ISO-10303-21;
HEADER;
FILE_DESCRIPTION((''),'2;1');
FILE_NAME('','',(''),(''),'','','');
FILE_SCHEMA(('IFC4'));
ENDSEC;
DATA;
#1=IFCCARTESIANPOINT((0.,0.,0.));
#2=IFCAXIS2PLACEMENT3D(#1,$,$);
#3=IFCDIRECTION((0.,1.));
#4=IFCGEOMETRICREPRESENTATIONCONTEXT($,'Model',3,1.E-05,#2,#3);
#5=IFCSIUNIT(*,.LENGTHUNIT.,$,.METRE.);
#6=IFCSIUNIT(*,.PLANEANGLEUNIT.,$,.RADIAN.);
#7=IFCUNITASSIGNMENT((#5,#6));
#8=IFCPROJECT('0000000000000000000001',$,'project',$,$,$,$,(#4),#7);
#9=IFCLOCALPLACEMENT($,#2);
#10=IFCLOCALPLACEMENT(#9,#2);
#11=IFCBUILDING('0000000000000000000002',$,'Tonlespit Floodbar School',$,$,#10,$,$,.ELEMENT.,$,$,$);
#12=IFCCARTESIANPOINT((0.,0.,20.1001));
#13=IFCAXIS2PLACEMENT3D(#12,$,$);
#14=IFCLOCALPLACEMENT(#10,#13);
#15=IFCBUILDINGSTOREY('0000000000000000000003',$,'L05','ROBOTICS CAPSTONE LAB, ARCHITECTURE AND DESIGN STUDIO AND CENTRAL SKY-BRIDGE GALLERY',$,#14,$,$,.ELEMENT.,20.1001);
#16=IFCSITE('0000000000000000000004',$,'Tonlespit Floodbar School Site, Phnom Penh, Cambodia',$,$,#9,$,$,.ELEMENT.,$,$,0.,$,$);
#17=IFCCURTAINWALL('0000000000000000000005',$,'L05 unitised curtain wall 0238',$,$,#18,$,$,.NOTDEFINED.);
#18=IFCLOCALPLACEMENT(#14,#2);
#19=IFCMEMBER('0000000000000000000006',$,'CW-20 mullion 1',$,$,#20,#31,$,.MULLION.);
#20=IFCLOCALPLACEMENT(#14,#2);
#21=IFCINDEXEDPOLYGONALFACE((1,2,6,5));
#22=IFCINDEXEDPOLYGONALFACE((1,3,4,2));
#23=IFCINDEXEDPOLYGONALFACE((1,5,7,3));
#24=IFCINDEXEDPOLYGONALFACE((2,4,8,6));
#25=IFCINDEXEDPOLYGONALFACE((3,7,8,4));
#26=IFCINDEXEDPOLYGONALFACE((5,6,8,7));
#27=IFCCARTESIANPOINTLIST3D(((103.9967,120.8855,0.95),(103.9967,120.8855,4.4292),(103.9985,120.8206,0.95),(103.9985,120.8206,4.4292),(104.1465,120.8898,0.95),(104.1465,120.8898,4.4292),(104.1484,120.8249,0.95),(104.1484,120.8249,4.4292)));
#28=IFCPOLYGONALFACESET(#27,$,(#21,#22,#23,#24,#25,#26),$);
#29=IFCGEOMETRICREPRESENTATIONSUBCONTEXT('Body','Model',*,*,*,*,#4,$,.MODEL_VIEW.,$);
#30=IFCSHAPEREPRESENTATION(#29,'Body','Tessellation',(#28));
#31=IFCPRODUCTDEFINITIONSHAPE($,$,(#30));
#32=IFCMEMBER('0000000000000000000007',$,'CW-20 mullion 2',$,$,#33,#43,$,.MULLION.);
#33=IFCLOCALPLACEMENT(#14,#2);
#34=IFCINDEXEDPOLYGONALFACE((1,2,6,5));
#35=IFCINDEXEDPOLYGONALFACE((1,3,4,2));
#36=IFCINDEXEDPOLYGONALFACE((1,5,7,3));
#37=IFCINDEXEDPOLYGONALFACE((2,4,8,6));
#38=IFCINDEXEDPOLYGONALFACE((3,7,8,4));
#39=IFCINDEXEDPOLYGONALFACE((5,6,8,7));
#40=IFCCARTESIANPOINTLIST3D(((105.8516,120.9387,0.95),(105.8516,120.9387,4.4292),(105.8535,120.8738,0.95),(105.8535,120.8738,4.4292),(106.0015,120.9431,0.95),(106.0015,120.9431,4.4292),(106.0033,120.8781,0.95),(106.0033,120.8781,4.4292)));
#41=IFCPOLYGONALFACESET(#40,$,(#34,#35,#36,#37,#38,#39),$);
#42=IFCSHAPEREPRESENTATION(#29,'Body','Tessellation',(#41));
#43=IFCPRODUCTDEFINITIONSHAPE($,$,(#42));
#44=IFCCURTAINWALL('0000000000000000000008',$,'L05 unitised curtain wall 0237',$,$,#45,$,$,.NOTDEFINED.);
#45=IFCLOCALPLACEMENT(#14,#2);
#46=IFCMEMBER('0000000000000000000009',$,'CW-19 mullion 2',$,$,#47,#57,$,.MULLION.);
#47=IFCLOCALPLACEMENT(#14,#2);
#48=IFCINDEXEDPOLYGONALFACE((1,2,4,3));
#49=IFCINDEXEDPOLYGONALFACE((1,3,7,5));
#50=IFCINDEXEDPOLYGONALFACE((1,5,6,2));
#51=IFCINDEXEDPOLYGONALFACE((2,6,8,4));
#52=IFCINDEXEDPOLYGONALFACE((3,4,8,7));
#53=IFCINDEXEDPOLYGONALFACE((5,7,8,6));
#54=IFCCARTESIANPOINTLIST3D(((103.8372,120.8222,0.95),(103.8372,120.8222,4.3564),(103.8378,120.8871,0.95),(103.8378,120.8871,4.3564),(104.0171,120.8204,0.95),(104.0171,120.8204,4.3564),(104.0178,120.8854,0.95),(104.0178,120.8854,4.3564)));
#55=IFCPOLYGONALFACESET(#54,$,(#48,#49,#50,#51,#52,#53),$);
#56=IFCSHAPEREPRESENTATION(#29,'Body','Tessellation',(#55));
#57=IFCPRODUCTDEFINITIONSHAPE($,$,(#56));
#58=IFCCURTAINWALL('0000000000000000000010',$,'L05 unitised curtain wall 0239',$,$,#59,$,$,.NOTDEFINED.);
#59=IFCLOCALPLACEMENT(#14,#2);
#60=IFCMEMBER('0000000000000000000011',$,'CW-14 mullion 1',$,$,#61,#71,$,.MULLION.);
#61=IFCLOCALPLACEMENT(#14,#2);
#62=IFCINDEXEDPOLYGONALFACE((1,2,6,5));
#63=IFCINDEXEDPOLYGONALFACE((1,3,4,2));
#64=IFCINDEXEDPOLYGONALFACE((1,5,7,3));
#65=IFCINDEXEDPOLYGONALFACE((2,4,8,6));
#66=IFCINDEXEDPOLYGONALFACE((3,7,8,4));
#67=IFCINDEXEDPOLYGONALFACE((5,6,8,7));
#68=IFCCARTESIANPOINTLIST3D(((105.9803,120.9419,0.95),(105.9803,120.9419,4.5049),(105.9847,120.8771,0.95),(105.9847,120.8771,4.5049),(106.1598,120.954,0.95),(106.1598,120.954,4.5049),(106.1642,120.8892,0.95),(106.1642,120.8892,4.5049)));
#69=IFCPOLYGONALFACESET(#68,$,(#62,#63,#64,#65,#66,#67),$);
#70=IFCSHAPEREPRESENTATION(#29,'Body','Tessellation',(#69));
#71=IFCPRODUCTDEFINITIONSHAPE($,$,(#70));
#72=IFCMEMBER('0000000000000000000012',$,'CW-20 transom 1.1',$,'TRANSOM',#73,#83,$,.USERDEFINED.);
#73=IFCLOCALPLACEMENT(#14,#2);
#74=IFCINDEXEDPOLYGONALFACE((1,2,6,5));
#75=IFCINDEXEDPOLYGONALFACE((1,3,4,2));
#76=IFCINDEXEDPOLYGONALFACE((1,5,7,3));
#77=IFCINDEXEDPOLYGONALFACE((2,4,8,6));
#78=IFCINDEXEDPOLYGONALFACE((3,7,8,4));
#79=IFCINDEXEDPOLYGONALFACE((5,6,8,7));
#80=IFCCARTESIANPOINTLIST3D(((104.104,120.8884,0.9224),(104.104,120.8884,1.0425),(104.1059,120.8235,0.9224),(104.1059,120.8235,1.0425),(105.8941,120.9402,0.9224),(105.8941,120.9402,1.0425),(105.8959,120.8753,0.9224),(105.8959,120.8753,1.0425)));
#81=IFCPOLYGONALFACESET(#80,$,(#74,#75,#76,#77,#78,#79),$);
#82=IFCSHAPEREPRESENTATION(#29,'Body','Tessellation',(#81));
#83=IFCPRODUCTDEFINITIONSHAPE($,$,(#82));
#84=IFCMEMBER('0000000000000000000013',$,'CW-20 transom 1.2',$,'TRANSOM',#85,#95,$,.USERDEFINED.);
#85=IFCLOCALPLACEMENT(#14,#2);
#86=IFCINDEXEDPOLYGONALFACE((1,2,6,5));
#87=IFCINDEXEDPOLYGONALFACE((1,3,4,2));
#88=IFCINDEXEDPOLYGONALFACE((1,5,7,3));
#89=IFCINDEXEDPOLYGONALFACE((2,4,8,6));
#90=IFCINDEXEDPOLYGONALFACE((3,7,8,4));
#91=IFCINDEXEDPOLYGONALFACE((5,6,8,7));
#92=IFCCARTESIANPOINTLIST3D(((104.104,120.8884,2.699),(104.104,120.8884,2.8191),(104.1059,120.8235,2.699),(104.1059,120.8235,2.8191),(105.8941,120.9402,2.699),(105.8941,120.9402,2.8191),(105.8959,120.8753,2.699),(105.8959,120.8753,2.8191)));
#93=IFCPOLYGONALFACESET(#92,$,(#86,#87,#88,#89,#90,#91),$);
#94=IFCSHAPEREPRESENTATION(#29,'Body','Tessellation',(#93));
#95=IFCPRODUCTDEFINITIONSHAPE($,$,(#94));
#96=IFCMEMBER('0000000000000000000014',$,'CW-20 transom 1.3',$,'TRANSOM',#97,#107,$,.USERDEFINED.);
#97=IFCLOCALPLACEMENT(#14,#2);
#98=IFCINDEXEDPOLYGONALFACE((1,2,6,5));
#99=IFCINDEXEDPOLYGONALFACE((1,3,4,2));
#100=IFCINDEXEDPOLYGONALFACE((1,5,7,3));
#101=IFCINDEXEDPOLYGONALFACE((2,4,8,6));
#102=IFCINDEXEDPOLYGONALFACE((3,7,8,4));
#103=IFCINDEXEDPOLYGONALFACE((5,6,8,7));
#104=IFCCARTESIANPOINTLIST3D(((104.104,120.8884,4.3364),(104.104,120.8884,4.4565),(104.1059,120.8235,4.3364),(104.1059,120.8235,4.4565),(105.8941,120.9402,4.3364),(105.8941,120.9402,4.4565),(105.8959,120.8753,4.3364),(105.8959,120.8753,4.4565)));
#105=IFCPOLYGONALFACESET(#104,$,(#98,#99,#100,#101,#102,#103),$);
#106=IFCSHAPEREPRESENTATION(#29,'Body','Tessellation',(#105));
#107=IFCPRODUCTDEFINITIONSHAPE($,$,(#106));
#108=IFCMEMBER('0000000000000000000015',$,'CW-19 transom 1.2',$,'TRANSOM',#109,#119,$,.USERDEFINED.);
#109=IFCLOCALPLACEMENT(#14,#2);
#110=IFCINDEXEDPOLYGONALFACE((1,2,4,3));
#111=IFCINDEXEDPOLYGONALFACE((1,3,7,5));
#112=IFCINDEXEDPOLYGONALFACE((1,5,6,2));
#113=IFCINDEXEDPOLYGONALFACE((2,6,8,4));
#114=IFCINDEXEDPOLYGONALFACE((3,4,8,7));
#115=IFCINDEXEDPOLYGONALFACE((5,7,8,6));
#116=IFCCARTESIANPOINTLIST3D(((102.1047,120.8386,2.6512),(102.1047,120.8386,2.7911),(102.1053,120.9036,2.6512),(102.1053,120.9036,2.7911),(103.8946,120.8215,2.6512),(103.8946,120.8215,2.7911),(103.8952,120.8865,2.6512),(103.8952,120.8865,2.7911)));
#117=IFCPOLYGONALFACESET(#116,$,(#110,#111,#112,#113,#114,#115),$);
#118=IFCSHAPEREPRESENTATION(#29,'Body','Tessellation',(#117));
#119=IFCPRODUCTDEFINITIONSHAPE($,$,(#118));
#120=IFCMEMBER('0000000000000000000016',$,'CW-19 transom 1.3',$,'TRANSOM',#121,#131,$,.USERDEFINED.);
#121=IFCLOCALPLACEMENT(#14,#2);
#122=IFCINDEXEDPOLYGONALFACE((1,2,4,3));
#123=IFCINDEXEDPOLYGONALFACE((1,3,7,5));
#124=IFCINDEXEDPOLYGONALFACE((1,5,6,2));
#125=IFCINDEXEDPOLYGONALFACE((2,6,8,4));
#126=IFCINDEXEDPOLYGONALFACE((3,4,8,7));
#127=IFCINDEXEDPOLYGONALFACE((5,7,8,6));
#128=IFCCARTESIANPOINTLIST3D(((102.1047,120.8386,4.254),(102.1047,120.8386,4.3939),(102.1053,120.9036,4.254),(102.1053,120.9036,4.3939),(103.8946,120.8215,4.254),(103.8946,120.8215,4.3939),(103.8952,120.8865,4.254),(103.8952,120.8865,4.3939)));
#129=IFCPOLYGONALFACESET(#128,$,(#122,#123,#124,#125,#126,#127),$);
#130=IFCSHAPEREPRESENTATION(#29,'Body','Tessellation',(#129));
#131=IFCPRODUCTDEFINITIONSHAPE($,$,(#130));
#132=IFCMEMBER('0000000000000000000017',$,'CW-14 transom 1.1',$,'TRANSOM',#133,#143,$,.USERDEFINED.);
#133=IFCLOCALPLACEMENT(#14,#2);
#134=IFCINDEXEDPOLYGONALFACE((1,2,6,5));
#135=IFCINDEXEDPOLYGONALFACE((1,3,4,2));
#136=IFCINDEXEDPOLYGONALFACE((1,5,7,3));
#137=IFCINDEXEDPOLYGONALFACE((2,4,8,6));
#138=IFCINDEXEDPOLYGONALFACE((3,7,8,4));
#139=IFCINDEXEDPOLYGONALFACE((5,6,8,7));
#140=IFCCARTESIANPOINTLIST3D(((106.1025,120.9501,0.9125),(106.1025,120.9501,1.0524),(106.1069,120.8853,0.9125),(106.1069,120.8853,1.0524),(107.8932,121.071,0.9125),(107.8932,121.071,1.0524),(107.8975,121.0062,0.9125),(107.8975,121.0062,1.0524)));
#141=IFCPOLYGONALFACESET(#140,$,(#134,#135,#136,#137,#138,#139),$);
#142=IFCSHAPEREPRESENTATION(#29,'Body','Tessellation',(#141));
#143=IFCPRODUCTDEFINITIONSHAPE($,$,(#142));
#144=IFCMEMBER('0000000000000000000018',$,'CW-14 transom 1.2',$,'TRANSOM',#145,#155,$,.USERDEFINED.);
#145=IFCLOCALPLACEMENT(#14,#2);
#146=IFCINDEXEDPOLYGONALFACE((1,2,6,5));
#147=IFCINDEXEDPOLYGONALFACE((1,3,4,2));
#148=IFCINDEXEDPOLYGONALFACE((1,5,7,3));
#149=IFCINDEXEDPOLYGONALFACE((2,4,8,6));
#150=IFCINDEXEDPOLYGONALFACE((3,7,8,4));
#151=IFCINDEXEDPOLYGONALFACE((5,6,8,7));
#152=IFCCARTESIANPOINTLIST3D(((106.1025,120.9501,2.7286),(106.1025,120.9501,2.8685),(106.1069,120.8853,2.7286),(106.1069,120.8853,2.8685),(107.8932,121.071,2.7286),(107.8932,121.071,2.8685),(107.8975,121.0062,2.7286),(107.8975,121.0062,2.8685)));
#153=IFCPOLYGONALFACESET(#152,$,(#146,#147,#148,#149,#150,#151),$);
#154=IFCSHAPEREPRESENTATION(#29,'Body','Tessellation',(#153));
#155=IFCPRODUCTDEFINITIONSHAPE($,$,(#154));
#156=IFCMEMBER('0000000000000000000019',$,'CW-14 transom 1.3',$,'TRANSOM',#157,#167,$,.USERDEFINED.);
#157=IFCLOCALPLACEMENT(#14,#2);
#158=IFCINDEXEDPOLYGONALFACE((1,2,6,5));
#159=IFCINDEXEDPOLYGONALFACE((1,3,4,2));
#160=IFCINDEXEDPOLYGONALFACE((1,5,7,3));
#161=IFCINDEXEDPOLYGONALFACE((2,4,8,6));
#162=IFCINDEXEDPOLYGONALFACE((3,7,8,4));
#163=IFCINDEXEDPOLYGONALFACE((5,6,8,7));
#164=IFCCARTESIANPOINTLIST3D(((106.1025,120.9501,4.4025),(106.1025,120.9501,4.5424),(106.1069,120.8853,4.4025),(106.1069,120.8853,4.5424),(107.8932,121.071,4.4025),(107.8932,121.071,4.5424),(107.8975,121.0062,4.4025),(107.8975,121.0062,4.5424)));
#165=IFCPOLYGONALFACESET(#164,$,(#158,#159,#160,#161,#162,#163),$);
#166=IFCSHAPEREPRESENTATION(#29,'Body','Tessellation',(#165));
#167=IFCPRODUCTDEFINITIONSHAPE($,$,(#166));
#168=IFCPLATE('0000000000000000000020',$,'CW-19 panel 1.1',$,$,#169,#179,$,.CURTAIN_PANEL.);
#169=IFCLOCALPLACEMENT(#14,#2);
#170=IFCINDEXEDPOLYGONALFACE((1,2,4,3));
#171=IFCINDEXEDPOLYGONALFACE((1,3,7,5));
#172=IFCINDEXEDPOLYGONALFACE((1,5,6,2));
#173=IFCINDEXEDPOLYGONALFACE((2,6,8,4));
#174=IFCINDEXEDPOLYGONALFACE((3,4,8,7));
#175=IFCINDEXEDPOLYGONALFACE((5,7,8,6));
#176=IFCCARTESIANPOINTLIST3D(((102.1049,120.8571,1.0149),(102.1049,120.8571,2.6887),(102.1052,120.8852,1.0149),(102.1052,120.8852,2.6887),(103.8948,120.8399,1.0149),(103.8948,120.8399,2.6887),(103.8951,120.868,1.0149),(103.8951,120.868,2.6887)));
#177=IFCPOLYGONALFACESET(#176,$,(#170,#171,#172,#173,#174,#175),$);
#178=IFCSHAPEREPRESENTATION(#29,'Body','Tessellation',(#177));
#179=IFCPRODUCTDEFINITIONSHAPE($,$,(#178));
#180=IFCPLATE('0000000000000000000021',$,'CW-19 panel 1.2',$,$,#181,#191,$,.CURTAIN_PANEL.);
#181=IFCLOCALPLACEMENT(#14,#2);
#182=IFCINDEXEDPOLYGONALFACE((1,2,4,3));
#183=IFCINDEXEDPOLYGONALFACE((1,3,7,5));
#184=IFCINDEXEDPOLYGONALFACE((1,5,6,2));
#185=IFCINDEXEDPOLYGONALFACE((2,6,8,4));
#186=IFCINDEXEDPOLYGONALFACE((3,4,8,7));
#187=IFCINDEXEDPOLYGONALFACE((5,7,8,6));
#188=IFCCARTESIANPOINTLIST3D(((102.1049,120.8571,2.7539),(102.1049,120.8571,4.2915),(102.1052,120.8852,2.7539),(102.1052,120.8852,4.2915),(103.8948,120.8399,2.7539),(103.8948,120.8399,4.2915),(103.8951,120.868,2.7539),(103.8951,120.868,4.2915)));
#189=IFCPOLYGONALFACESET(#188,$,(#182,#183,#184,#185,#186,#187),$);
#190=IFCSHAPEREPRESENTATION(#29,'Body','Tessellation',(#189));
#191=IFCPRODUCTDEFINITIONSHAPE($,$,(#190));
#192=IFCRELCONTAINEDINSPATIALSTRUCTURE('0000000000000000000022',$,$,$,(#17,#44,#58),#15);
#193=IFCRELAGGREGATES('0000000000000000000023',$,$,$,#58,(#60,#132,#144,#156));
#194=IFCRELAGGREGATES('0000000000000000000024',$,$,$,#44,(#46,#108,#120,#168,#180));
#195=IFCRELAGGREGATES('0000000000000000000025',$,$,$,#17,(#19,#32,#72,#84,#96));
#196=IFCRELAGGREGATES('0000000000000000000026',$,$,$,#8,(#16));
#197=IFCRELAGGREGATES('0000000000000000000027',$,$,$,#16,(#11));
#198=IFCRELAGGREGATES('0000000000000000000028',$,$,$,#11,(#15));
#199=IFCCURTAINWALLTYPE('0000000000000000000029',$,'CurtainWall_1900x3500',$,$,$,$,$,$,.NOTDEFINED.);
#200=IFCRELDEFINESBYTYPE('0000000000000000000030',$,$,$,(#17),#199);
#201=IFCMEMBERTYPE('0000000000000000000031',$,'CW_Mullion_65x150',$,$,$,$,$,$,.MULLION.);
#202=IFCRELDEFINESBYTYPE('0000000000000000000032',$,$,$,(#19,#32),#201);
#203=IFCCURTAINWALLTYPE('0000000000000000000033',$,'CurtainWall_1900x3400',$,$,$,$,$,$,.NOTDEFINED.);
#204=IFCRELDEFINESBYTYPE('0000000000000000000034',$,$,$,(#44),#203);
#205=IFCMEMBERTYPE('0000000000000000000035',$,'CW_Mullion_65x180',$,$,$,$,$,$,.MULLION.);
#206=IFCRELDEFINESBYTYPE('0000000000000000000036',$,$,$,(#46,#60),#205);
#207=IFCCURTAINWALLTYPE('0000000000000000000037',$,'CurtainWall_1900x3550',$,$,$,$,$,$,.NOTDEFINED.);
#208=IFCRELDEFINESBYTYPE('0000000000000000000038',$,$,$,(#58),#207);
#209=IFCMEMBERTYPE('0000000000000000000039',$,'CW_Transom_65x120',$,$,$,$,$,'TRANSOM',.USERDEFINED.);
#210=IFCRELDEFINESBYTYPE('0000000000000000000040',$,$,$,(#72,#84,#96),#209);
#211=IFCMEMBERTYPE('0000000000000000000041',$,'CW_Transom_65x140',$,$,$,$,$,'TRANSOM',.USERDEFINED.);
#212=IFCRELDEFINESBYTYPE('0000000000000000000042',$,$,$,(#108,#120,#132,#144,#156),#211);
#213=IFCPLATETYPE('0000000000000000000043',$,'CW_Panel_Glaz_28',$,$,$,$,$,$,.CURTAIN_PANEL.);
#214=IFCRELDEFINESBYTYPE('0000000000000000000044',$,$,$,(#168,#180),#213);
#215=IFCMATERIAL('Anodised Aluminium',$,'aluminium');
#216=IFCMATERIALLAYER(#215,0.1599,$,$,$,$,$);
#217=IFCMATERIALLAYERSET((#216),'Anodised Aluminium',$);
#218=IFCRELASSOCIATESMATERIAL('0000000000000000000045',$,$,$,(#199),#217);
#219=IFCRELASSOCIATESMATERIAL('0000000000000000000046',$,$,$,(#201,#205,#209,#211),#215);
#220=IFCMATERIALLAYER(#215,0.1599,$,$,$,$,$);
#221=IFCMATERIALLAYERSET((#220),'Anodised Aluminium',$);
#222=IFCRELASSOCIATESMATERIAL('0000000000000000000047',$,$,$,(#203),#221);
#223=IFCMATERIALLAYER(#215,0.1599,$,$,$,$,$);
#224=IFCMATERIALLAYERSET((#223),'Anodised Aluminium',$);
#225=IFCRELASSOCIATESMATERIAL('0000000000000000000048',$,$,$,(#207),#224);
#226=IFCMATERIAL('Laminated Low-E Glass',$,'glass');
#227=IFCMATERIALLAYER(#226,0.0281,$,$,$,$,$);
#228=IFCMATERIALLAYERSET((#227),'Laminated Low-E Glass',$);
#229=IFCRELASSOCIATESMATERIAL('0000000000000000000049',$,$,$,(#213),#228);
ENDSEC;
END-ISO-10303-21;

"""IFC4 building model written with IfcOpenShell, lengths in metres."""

from ifc_helpers import new_model, si_unit, direction, frame, origin, origin_2d, place, context, subcontext, project, spatial, rectangle, extrude, material, layer, layer_set, material_profile, profile_set, type_object, element, aggregate, save


model = new_model("IFC4")

# Units and contexts
model_context = context("Model", 3, precision=1e-05, world=origin(), true_north=direction((0.0, 1.0)))
body_context = subcontext(model_context, "Body", "Model", "MODEL_VIEW")
ifc_project = project(units=[si_unit("LENGTHUNIT", "METRE"), si_unit("PLANEANGLEUNIT", "RADIAN")], contexts=[model_context])

# Site, building, storey
site_placement = place(None, origin())
site = spatial("IfcSite", under=ifc_project, at=site_placement, Name="Tonlespit Floodbar School Site, Phnom Penh, Cambodia", CompositionType="ELEMENT", RefElevation=0.0)
building_placement = place(site_placement, origin())
building = spatial("IfcBuilding", under=site, at=building_placement, Name="Tonlespit Floodbar School", CompositionType="ELEMENT")
storey_placement = place(building_placement, frame((0.0, 0.0, 20.1001)))
storey = spatial("IfcBuildingStorey", under=building, at=storey_placement, Name="L05", Description="ROBOTICS CAPSTONE LAB, ARCHITECTURE AND DESIGN STUDIO AND CENTRAL SKY-BRIDGE GALLERY", CompositionType="ELEMENT", Elevation=20.1001)

# Curtain wall, members
ifc_material_1 = material(Name="Anodised Aluminium", Category="aluminium")
ifc_layer_1 = layer(ifc_material_1, 0.1599)
ifc_layer_set_1 = layer_set([ifc_layer_1], Name="Anodised Aluminium")
curtain_wall_type_1 = type_object("IfcCurtainWallType", Name="CurtainWall_1900x3500", PredefinedType="NOTDEFINED", material=ifc_layer_set_1)
curtain_wall_1_placement = place(storey_placement, origin())
curtain_wall_1 = element("IfcCurtainWall", 1, at=curtain_wall_1_placement, inside=storey, type_object=curtain_wall_type_1, Name="L05 unitised curtain wall 0238", PredefinedType="NOTDEFINED")
ifc_material_profile_1 = material_profile(ifc_material_1, rectangle(XDim=0.0649, YDim=0.1499, at=origin_2d()), Name="ALU M65x150")
ifc_profile_set_1 = profile_set([ifc_material_profile_1], Name="Anodised Aluminium")
member_type_1 = type_object("IfcMemberType", Name="CW_Mullion_65x150", PredefinedType="MULLION", material=ifc_profile_set_1)
member_1_placement = place(storey_placement, frame((104.0725, 120.8552, 0.95), z_axis=(0.0, 0.0, 1.0), x_axis=(-0.02879, 0.999585, 0.0)))
member_1 = element("IfcMember", 2, at=member_1_placement, type_object=member_type_1, Name="CW-20 mullion 1", PredefinedType="MULLION", context=body_context, shape_type="SweptSolid", body=[
    extrude(rectangle(XDim=0.0649, YDim=0.1499, at=origin_2d()), origin(), (0.0, 0.0, 1.0), 3.4792),
])
member_2_placement = place(storey_placement, frame((105.9275, 120.9084, 0.95), z_axis=(0.0, 0.0, 1.0), x_axis=(-0.02879, 0.999585, 0.0)))
member_2 = element("IfcMember", 3, at=member_2_placement, type_object=member_type_1, Name="CW-20 mullion 2", PredefinedType="MULLION", context=body_context, shape_type="SweptSolid", body=[
    extrude(rectangle(XDim=0.0649, YDim=0.1499, at=origin_2d()), origin(), (0.0, 0.0, 1.0), 3.4792),
])

# Curtain walls, members
ifc_layer_2 = layer(ifc_material_1, 0.1599)
ifc_layer_set_2 = layer_set([ifc_layer_2], Name="Anodised Aluminium")
curtain_wall_type_2 = type_object("IfcCurtainWallType", Name="CurtainWall_1900x3400", PredefinedType="NOTDEFINED", material=ifc_layer_set_2)
curtain_wall_2_placement = place(storey_placement, origin())
curtain_wall_2 = element("IfcCurtainWall", 4, at=curtain_wall_2_placement, inside=storey, type_object=curtain_wall_type_2, Name="L05 unitised curtain wall 0237", PredefinedType="NOTDEFINED")
ifc_material_profile_2 = material_profile(ifc_material_1, rectangle(XDim=0.0649, YDim=0.1799, at=origin_2d()), Name="ALU M65x180")
ifc_profile_set_2 = profile_set([ifc_material_profile_2], Name="Anodised Aluminium")
member_type_2 = type_object("IfcMemberType", Name="CW_Mullion_65x180", PredefinedType="MULLION", material=ifc_profile_set_2)
member_3_placement = place(storey_placement, frame((103.9275, 120.8538, 0.95), z_axis=(0.0, 0.0, 1.0), x_axis=(0.009583, 0.999954, 0.0)))
member_3 = element("IfcMember", 5, at=member_3_placement, type_object=member_type_2, Name="CW-19 mullion 2", PredefinedType="MULLION", context=body_context, shape_type="SweptSolid", body=[
    extrude(rectangle(XDim=0.0649, YDim=0.1799, at=origin_2d()), origin(), (0.0, 0.0, 1.0), 3.4065),
])
ifc_layer_3 = layer(ifc_material_1, 0.1599)
ifc_layer_set_3 = layer_set([ifc_layer_3], Name="Anodised Aluminium")
curtain_wall_type_3 = type_object("IfcCurtainWallType", Name="CurtainWall_1900x3550", PredefinedType="NOTDEFINED", material=ifc_layer_set_3)
curtain_wall_3_placement = place(storey_placement, origin())
curtain_wall_3 = element("IfcCurtainWall", 6, at=curtain_wall_3_placement, inside=storey, type_object=curtain_wall_type_3, Name="L05 unitised curtain wall 0239", PredefinedType="NOTDEFINED")
member_4_placement = place(storey_placement, frame((106.0723, 120.9155, 0.95), z_axis=(0.0, 0.0, 1.0), x_axis=(-0.06734, 0.99773, 0.0)))
member_4 = element("IfcMember", 7, at=member_4_placement, type_object=member_type_2, Name="CW-14 mullion 1", PredefinedType="MULLION", context=body_context, shape_type="SweptSolid", body=[
    extrude(rectangle(XDim=0.0649, YDim=0.1799, at=origin_2d()), origin(), (0.0, 0.0, 1.0), 3.5549),
])

# Members
ifc_material_profile_3 = material_profile(ifc_material_1, rectangle(XDim=0.0649, YDim=0.1201, at=origin_2d()), Name="ALU T65x120")
ifc_profile_set_3 = profile_set([ifc_material_profile_3], Name="Anodised Aluminium")
member_type_3 = type_object("IfcMemberType", Name="CW_Transom_65x120", ElementType="TRANSOM", PredefinedType="USERDEFINED", material=ifc_profile_set_3)
member_5_placement = place(storey_placement, frame((104.105, 120.856, 0.9824), z_axis=(0.999582, 0.028902, 0.0), x_axis=(-0.028902, 0.999582, 0.0)))
member_5 = element("IfcMember", 8, at=member_5_placement, type_object=member_type_3, Name="CW-20 transom 1.1", ObjectType="TRANSOM", PredefinedType="USERDEFINED", context=body_context, shape_type="SweptSolid", body=[
    extrude(rectangle(XDim=0.0649, YDim=0.1201, at=origin_2d()), origin(), (0.0, 0.0, 1.0), 1.7908),
])
member_6_placement = place(storey_placement, frame((104.105, 120.856, 2.759), z_axis=(0.999582, 0.028902, 0.0), x_axis=(-0.028902, 0.999582, 0.0)))
member_6 = element("IfcMember", 9, at=member_6_placement, type_object=member_type_3, Name="CW-20 transom 1.2", ObjectType="TRANSOM", PredefinedType="USERDEFINED", context=body_context, shape_type="SweptSolid", body=[
    extrude(rectangle(XDim=0.0649, YDim=0.1201, at=origin_2d()), origin(), (0.0, 0.0, 1.0), 1.7908),
])
member_7_placement = place(storey_placement, frame((104.105, 120.856, 4.3965), z_axis=(0.999582, 0.028902, 0.0), x_axis=(-0.028902, 0.999582, 0.0)))
member_7 = element("IfcMember", 10, at=member_7_placement, type_object=member_type_3, Name="CW-20 transom 1.3", ObjectType="TRANSOM", PredefinedType="USERDEFINED", context=body_context, shape_type="SweptSolid", body=[
    extrude(rectangle(XDim=0.0649, YDim=0.1201, at=origin_2d()), origin(), (0.0, 0.0, 1.0), 1.7908),
])
ifc_material_profile_4 = material_profile(ifc_material_1, rectangle(XDim=0.0649, YDim=0.1399, at=origin_2d()), Name="ALU T65x140")
ifc_profile_set_4 = profile_set([ifc_material_profile_4], Name="Anodised Aluminium")
member_type_4 = type_object("IfcMemberType", Name="CW_Transom_65x140", ElementType="TRANSOM", PredefinedType="USERDEFINED", material=ifc_profile_set_4)
member_8_placement = place(storey_placement, frame((102.105, 120.8711, 2.7212), z_axis=(0.999954, -0.009547, 0.0), x_axis=(0.009547, 0.999954, 0.0)))
member_8 = element("IfcMember", 11, at=member_8_placement, type_object=member_type_4, Name="CW-19 transom 1.2", ObjectType="TRANSOM", PredefinedType="USERDEFINED", context=body_context, shape_type="SweptSolid", body=[
    extrude(rectangle(XDim=0.0649, YDim=0.1399, at=origin_2d()), origin(), (0.0, 0.0, 1.0), 1.79),
])
member_9_placement = place(storey_placement, frame((102.105, 120.8711, 4.324), z_axis=(0.999954, -0.009547, 0.0), x_axis=(0.009547, 0.999954, 0.0)))
member_9 = element("IfcMember", 12, at=member_9_placement, type_object=member_type_4, Name="CW-19 transom 1.3", ObjectType="TRANSOM", PredefinedType="USERDEFINED", context=body_context, shape_type="SweptSolid", body=[
    extrude(rectangle(XDim=0.0649, YDim=0.1399, at=origin_2d()), origin(), (0.0, 0.0, 1.0), 1.79),
])
member_10_placement = place(storey_placement, frame((106.1047, 120.9177, 0.9824), z_axis=(0.99773, 0.067341, 0.0), x_axis=(-0.067341, 0.99773, 0.0)))
member_10 = element("IfcMember", 13, at=member_10_placement, type_object=member_type_4, Name="CW-14 transom 1.1", ObjectType="TRANSOM", PredefinedType="USERDEFINED", context=body_context, shape_type="SweptSolid", body=[
    extrude(rectangle(XDim=0.0649, YDim=0.1399, at=origin_2d()), origin(), (0.0, 0.0, 1.0), 1.7947),
])
member_11_placement = place(storey_placement, frame((106.1047, 120.9177, 2.7986), z_axis=(0.99773, 0.067341, 0.0), x_axis=(-0.067341, 0.99773, 0.0)))
member_11 = element("IfcMember", 14, at=member_11_placement, type_object=member_type_4, Name="CW-14 transom 1.2", ObjectType="TRANSOM", PredefinedType="USERDEFINED", context=body_context, shape_type="SweptSolid", body=[
    extrude(rectangle(XDim=0.0649, YDim=0.1399, at=origin_2d()), origin(), (0.0, 0.0, 1.0), 1.7947),
])
member_12_placement = place(storey_placement, frame((106.1047, 120.9177, 4.4724), z_axis=(0.99773, 0.067341, 0.0), x_axis=(-0.067341, 0.99773, 0.0)))
member_12 = element("IfcMember", 15, at=member_12_placement, type_object=member_type_4, Name="CW-14 transom 1.3", ObjectType="TRANSOM", PredefinedType="USERDEFINED", context=body_context, shape_type="SweptSolid", body=[
    extrude(rectangle(XDim=0.0649, YDim=0.1399, at=origin_2d()), origin(), (0.0, 0.0, 1.0), 1.7947),
])
aggregate(curtain_wall_3, [member_4, member_10, member_11, member_12])

# Plates
ifc_material_2 = material(Name="Laminated Low-E Glass", Category="glass")
ifc_layer_4 = layer(ifc_material_2, 0.0281)
ifc_layer_set_4 = layer_set([ifc_layer_4], Name="Laminated Low-E Glass")
plate_type_1 = type_object("IfcPlateType", Name="CW_Panel_Glaz_28", PredefinedType="CURTAIN_PANEL", material=ifc_layer_set_4)
plate_1_placement = place(storey_placement, frame((103.0, 120.8625, 1.0149), z_axis=(0.0, 0.0, 1.0), x_axis=(0.999954, -0.009583, 0.0)))
plate_1 = element("IfcPlate", 16, at=plate_1_placement, type_object=plate_type_1, Name="CW-19 panel 1.1", PredefinedType="CURTAIN_PANEL", context=body_context, shape_type="SweptSolid", body=[
    extrude(rectangle(XDim=1.79, YDim=0.0281, at=origin_2d()), origin(), (0.0, 0.0, 1.0), 1.6738),
])
plate_2_placement = place(storey_placement, frame((103.0, 120.8625, 2.7539), z_axis=(0.0, 0.0, 1.0), x_axis=(0.999954, -0.009583, 0.0)))
plate_2 = element("IfcPlate", 17, at=plate_2_placement, type_object=plate_type_1, Name="CW-19 panel 1.2", PredefinedType="CURTAIN_PANEL", context=body_context, shape_type="SweptSolid", body=[
    extrude(rectangle(XDim=1.79, YDim=0.0281, at=origin_2d()), origin(), (0.0, 0.0, 1.0), 1.5376),
])
aggregate(curtain_wall_2, [member_3, member_8, member_9, plate_1, plate_2])
aggregate(curtain_wall_1, [member_1, member_2, member_5, member_6, member_7])

save(model, "model.ifc")
